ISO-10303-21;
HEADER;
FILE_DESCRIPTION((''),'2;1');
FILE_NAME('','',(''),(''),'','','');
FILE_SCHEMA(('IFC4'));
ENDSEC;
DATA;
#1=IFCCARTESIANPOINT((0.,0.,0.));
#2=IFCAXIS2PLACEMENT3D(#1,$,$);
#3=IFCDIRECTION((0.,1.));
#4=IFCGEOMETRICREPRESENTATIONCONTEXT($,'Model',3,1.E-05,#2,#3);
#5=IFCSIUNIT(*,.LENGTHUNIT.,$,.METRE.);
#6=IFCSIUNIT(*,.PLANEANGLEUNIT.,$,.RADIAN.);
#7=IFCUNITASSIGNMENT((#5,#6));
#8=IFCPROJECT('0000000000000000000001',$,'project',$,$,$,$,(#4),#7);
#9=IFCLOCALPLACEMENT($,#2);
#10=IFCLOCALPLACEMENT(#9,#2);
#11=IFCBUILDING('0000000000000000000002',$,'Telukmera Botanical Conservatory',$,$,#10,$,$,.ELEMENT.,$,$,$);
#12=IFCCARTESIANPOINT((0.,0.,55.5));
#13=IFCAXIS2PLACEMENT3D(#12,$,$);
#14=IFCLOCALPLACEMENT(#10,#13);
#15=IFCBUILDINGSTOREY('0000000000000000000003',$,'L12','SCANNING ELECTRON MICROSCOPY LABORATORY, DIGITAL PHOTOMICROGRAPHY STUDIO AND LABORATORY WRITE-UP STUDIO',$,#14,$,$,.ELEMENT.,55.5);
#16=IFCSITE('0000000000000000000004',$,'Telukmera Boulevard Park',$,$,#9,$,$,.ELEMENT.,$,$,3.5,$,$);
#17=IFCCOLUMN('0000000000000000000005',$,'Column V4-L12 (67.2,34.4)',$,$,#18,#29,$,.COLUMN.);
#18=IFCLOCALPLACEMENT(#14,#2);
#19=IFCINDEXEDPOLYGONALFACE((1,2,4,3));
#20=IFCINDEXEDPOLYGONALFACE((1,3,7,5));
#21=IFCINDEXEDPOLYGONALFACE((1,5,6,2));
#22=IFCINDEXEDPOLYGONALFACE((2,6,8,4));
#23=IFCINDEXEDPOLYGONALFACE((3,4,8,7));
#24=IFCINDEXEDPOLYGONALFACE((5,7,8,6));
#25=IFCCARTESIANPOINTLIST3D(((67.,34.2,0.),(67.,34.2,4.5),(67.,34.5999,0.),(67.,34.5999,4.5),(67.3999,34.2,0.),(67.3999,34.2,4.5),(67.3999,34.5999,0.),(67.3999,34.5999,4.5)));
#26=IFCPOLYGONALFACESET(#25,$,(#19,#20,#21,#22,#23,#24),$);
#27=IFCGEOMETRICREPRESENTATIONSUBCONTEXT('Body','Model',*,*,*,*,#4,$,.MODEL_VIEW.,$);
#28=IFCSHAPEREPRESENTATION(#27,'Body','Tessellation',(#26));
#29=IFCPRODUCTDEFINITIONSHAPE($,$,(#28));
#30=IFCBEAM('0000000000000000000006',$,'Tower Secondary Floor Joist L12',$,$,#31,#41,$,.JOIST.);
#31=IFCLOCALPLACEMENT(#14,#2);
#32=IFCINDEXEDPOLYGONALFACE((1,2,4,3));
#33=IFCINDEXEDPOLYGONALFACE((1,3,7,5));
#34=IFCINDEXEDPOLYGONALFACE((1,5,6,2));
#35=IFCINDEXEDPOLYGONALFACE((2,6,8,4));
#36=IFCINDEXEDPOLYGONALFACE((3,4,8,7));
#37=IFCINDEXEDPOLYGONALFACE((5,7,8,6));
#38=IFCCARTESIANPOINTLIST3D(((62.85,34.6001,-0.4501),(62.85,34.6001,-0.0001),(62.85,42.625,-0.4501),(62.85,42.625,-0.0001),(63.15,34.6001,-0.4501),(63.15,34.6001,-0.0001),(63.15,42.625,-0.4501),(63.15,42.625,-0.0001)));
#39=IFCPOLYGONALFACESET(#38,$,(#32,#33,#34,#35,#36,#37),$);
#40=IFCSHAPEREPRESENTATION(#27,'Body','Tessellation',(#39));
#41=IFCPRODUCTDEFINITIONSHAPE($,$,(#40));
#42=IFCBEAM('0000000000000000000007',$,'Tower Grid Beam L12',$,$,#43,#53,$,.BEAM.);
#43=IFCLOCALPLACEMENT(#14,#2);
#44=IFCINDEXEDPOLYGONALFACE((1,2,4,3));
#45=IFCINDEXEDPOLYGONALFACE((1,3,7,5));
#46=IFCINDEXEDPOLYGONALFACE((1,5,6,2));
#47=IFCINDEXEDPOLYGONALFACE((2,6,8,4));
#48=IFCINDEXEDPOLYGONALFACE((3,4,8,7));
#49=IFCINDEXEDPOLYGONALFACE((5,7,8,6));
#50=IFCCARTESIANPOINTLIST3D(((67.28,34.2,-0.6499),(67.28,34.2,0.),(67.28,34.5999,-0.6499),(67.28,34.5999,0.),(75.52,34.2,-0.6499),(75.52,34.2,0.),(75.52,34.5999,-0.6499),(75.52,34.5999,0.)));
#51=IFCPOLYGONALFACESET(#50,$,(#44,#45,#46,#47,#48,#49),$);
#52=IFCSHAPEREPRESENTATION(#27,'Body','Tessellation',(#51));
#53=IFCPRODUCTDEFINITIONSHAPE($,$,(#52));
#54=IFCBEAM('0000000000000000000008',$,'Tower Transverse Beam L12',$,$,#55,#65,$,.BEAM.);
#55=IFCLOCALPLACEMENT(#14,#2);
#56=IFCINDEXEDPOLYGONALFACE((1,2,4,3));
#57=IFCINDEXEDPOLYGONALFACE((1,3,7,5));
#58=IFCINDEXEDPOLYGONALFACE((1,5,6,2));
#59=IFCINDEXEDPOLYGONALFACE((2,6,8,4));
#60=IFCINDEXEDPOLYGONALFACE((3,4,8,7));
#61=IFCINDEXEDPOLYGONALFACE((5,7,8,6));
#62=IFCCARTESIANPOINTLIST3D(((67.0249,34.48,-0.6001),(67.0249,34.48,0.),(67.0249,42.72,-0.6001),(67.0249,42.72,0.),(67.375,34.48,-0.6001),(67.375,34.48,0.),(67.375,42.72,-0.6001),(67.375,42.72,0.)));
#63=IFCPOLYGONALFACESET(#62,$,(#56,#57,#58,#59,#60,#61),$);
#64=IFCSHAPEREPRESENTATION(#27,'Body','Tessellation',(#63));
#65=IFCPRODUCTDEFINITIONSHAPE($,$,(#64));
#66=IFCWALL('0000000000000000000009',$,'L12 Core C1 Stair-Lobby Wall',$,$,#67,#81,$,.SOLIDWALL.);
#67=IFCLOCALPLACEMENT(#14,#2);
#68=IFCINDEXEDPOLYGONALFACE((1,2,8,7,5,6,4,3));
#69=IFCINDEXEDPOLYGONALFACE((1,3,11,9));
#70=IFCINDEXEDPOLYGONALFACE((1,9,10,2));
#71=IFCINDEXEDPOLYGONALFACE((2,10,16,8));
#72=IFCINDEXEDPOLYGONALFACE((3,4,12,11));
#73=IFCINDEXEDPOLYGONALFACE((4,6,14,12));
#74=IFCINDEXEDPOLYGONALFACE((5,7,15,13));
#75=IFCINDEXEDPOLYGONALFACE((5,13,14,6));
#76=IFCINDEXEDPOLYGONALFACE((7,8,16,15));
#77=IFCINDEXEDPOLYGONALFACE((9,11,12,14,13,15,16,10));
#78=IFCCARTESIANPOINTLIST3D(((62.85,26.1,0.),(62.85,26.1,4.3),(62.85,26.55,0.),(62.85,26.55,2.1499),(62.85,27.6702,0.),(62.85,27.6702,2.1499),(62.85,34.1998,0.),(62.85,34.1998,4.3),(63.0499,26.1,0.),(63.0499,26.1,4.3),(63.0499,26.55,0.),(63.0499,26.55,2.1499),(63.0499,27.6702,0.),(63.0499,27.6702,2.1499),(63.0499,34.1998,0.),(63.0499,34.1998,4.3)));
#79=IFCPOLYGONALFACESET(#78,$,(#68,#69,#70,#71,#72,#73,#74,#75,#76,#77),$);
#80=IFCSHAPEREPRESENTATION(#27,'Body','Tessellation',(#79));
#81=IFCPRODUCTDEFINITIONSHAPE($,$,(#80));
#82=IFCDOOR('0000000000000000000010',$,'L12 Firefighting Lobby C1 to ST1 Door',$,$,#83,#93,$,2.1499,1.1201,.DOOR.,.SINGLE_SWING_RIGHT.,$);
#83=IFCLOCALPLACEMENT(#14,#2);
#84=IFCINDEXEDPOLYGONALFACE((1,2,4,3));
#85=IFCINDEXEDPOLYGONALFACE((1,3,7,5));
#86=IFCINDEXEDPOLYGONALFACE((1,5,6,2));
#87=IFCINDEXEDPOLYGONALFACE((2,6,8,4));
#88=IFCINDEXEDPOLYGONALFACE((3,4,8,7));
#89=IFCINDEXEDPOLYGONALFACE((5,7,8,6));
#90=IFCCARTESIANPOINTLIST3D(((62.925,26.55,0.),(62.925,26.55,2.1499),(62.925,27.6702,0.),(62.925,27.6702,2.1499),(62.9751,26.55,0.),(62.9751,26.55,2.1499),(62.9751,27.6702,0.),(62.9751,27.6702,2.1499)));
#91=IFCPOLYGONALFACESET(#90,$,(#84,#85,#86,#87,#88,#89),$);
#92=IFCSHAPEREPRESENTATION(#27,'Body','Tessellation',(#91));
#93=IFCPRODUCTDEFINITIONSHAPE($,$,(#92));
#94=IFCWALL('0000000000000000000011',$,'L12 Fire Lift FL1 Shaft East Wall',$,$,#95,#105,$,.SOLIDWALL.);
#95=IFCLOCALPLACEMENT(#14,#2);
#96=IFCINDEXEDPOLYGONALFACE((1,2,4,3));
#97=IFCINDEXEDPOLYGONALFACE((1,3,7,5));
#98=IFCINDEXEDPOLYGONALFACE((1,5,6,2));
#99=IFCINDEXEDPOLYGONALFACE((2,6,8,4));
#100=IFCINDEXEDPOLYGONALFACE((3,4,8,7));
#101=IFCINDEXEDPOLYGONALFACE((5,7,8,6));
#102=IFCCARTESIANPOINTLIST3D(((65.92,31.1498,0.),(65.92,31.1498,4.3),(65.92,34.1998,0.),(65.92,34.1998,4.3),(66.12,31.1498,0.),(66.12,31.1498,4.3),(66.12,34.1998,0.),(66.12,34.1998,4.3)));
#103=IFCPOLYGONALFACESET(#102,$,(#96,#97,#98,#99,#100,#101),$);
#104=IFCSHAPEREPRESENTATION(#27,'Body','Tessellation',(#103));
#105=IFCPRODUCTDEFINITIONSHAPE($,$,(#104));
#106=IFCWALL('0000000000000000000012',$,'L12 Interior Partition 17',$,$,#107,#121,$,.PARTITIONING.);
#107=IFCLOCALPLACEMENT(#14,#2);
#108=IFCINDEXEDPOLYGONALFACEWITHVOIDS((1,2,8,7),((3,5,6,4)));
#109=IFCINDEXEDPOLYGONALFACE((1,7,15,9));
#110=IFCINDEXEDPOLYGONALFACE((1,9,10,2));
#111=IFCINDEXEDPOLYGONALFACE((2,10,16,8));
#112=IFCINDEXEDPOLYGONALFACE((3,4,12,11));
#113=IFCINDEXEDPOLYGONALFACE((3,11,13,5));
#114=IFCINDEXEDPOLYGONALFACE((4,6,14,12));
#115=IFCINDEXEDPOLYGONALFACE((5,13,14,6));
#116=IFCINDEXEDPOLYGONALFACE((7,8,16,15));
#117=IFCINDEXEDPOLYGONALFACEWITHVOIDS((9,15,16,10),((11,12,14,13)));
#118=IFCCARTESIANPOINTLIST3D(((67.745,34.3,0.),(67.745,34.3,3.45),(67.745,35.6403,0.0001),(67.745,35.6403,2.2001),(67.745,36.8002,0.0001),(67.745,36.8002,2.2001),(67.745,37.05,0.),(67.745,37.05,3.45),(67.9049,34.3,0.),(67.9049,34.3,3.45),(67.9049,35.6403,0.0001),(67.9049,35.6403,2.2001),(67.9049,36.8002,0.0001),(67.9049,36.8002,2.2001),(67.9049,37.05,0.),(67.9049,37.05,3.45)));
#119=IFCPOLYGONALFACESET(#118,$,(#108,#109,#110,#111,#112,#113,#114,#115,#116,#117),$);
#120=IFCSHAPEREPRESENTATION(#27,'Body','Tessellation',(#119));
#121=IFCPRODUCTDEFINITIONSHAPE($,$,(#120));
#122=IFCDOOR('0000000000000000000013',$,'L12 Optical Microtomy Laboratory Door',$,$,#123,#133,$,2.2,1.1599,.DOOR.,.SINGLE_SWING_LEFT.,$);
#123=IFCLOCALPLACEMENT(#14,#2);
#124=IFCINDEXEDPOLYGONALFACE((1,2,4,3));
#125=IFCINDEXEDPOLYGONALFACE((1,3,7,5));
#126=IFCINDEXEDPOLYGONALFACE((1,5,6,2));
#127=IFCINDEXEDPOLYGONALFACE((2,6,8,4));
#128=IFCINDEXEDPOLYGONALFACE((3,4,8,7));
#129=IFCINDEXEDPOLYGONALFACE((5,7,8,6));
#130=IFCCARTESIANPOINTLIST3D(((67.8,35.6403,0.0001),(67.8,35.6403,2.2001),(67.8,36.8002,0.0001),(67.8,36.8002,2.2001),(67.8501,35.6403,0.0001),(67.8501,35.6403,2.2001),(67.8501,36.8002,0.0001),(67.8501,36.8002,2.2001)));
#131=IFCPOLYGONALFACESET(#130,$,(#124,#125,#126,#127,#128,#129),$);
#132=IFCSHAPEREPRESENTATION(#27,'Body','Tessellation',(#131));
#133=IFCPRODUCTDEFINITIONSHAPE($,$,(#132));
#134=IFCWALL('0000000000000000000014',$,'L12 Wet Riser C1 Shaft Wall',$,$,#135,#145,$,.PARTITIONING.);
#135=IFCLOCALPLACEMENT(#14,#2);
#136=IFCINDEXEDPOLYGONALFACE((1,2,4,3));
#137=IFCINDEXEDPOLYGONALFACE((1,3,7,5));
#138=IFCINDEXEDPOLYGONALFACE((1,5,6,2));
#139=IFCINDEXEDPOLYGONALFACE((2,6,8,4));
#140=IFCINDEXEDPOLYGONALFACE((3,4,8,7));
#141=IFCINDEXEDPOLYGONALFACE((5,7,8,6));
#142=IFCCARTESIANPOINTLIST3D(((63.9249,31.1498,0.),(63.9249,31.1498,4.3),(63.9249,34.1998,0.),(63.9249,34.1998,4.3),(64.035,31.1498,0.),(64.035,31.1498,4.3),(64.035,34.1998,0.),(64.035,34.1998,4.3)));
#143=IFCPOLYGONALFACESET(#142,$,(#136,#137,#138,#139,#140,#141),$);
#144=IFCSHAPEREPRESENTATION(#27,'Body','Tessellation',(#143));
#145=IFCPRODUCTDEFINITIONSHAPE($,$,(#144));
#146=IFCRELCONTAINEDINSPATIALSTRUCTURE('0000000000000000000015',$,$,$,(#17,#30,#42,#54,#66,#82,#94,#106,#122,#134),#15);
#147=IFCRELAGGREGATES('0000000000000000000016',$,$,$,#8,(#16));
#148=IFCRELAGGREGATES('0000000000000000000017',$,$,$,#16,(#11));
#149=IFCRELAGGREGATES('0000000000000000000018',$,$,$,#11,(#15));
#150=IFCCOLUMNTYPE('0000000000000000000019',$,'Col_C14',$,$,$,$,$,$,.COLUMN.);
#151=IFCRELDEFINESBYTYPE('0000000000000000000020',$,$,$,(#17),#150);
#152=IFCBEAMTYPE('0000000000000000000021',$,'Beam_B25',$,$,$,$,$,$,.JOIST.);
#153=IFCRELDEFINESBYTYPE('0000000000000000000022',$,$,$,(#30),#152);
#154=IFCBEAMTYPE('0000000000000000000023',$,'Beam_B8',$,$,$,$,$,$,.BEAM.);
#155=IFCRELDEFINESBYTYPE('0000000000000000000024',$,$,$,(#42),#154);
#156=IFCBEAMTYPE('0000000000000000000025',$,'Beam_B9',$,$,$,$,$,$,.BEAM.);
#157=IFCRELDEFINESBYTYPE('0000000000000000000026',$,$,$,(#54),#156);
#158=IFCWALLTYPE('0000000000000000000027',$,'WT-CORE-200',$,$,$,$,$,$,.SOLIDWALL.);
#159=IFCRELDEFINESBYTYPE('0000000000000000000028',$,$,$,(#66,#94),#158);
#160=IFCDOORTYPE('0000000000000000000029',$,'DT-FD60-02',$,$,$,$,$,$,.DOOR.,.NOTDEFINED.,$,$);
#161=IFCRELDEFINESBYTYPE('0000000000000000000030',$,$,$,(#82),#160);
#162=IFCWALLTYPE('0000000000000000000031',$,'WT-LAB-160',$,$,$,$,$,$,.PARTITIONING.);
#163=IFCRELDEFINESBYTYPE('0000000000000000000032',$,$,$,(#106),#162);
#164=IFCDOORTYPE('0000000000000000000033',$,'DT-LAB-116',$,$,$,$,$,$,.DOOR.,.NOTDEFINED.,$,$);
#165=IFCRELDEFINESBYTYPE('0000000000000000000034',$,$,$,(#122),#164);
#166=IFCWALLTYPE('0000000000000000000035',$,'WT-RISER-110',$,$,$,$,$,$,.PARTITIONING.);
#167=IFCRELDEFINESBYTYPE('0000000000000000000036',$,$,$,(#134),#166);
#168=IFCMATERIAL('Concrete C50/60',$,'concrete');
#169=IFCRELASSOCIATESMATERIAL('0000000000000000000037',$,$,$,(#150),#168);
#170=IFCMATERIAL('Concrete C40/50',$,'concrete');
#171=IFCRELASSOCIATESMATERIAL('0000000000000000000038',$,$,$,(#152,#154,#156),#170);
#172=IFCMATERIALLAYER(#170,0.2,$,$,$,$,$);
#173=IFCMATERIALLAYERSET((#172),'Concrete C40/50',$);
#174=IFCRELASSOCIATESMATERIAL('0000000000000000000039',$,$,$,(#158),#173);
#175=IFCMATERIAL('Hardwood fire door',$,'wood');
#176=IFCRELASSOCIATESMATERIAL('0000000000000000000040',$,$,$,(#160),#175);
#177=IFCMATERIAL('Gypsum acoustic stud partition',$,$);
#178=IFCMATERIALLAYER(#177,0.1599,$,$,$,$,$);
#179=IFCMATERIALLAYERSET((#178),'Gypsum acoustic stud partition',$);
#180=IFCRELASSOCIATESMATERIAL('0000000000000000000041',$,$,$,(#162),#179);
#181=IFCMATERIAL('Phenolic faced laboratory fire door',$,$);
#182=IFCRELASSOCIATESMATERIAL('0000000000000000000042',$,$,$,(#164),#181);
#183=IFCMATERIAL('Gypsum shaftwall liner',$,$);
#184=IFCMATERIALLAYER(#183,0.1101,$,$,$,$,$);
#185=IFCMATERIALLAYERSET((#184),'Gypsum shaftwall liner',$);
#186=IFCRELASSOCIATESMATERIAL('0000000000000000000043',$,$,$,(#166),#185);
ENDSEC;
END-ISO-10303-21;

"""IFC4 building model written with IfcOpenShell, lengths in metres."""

from ifc_helpers import new_model, si_unit, direction, frame, frame_2d, origin, origin_2d, place, context, subcontext, project, spatial, rectangle, extrude, material, layer, layer_set, material_profile, profile_set, type_object, element, fill, save


model = new_model("IFC4")

# Units and contexts
model_context = context("Model", 3, precision=1e-05, world=origin(), true_north=direction((0.0, 1.0)))
body_context = subcontext(model_context, "Body", "Model", "MODEL_VIEW")
ifc_project = project(units=[si_unit("LENGTHUNIT", "METRE"), si_unit("PLANEANGLEUNIT", "RADIAN")], contexts=[model_context])

# Site, building, storey
site_placement = place(None, origin())
site = spatial("IfcSite", under=ifc_project, at=site_placement, Name="Telukmera Boulevard Park", CompositionType="ELEMENT", RefElevation=3.5)
building_placement = place(site_placement, origin())
building = spatial("IfcBuilding", under=site, at=building_placement, Name="Telukmera Botanical Conservatory", CompositionType="ELEMENT")
storey_placement = place(building_placement, frame((0.0, 0.0, 55.5)))
storey = spatial("IfcBuildingStorey", under=building, at=storey_placement, Name="L12", Description="SCANNING ELECTRON MICROSCOPY LABORATORY, DIGITAL PHOTOMICROGRAPHY STUDIO AND LABORATORY WRITE-UP STUDIO", CompositionType="ELEMENT", Elevation=55.5)

# Column
ifc_material_1 = material(Name="Concrete C50/60", Category="concrete")
ifc_material_profile_1 = material_profile(ifc_material_1, rectangle(XDim=0.3999, YDim=0.3999, at=origin_2d()), Name="RC 400x400")
ifc_profile_set_1 = profile_set([ifc_material_profile_1], Name="Concrete C50/60")
column_type = type_object("IfcColumnType", Name="Col_C14", PredefinedType="COLUMN", material=ifc_profile_set_1)
column_placement = place(storey_placement, frame((67.2, 34.3999, 0.0), z_axis=(0.0, 0.0, 1.0), x_axis=(1.0, 0.0, 0.0)))
element("IfcColumn", 1, at=column_placement, inside=storey, type_object=column_type, Name="Column V4-L12 (67.2,34.4)", PredefinedType="COLUMN", context=body_context, shape_type="SweptSolid", body=[
    extrude(rectangle(XDim=0.3999, YDim=0.3999, at=origin_2d()), origin(), (0.0, 0.0, 1.0), 4.5),
])

# Beams
ifc_material_2 = material(Name="Concrete C40/50", Category="concrete")
ifc_material_profile_2 = material_profile(ifc_material_2, rectangle(XDim=0.3, YDim=0.45, at=origin_2d()), Name="RC 300x450")
ifc_profile_set_2 = profile_set([ifc_material_profile_2], Name="Concrete C40/50")
beam_type_1 = type_object("IfcBeamType", Name="Beam_B25", PredefinedType="JOIST", material=ifc_profile_set_2)
beam_1_placement = place(storey_placement, frame((63.0, 34.6001, -0.2251), z_axis=(0.0, 1.0, 0.0), x_axis=(-1.0, 0.0, 0.0)))
element("IfcBeam", 2, at=beam_1_placement, inside=storey, type_object=beam_type_1, Name="Tower Secondary Floor Joist L12", PredefinedType="JOIST", context=body_context, shape_type="SweptSolid", body=[
    extrude(rectangle(XDim=0.3, YDim=0.45, at=origin_2d()), origin(), (0.0, 0.0, 1.0), 8.0249),
])
ifc_material_profile_3 = material_profile(ifc_material_2, rectangle(XDim=0.3999, YDim=0.6499, at=origin_2d()), Name="RC 400x650")
ifc_profile_set_3 = profile_set([ifc_material_profile_3], Name="Concrete C40/50")
beam_type_2 = type_object("IfcBeamType", Name="Beam_B8", PredefinedType="BEAM", material=ifc_profile_set_3)
beam_2_placement = place(storey_placement, frame((67.28, 34.3999, -0.325), z_axis=(1.0, 0.0, 0.0), x_axis=(0.0, 1.0, 0.0)))
element("IfcBeam", 3, at=beam_2_placement, inside=storey, type_object=beam_type_2, Name="Tower Grid Beam L12", PredefinedType="BEAM", context=body_context, shape_type="SweptSolid", body=[
    extrude(rectangle(XDim=0.3999, YDim=0.6499, at=origin_2d()), origin(), (0.0, 0.0, 1.0), 8.24),
])
ifc_material_profile_4 = material_profile(ifc_material_2, rectangle(XDim=0.3501, YDim=0.6001, at=origin_2d()), Name="RC 350x600")
ifc_profile_set_4 = profile_set([ifc_material_profile_4], Name="Concrete C40/50")
beam_type_3 = type_object("IfcBeamType", Name="Beam_B9", PredefinedType="BEAM", material=ifc_profile_set_4)
beam_3_placement = place(storey_placement, frame((67.2, 34.48, -0.3), z_axis=(0.0, 1.0, 0.0), x_axis=(-1.0, 0.0, 0.0)))
element("IfcBeam", 4, at=beam_3_placement, inside=storey, type_object=beam_type_3, Name="Tower Transverse Beam L12", PredefinedType="BEAM", context=body_context, shape_type="SweptSolid", body=[
    extrude(rectangle(XDim=0.3501, YDim=0.6001, at=origin_2d()), origin(), (0.0, 0.0, 1.0), 8.24),
])

# Wall, opening, door
ifc_layer_1 = layer(ifc_material_2, 0.2)
ifc_layer_set_1 = layer_set([ifc_layer_1], Name="Concrete C40/50")
wall_type_1 = type_object("IfcWallType", Name="WT-CORE-200", PredefinedType="SOLIDWALL", material=ifc_layer_set_1)
wall_1_placement = place(storey_placement, frame((62.95, 26.1001, 0.0), z_axis=(0.0, 0.0, 1.0), x_axis=(0.0, 1.0, 0.0)))
wall_1 = element("IfcWall", 5, at=wall_1_placement, inside=storey, type_object=wall_type_1, Name="L12 Core C1 Stair-Lobby Wall", PredefinedType="SOLIDWALL", context=body_context, shape_type="SweptSolid", body=[
    extrude(rectangle(XDim=8.0999, YDim=0.2, at=frame_2d((4.0498, 0.0))), origin(), (0.0, 0.0, 1.0), 4.3),
])
opening_1_placement = place(wall_1_placement, frame((0.45, 0.0, 0.0)))
opening_1 = element("IfcOpeningElement", 6, at=opening_1_placement, cuts=wall_1, PredefinedType="OPENING", context=body_context, shape_type="SweptSolid", body=[
    extrude(rectangle(XDim=1.1201, YDim=2.1499, at=frame_2d((0.5601, 1.075))), frame((0.0, 0.1099, 0.0), z_axis=(0.0, -1.0, 0.0), x_axis=(1.0, 0.0, 0.0)), (0.0, 0.0, 1.0), 0.22),
])
ifc_material_3 = material(Name="Hardwood fire door", Category="wood")
door_type_1 = type_object("IfcDoorType", Name="DT-FD60-02", OperationType="NOTDEFINED", PredefinedType="DOOR", material=ifc_material_3)
door_1_placement = place(opening_1_placement, origin())
door_1 = element("IfcDoor", 7, at=door_1_placement, inside=storey, type_object=door_type_1, Name="L12 Firefighting Lobby C1 to ST1 Door", OperationType="SINGLE_SWING_RIGHT", OverallHeight=2.1499, OverallWidth=1.1201, PredefinedType="DOOR", context=body_context, shape_type="SweptSolid", body=[
    extrude(rectangle(XDim=1.1201, YDim=2.1499, at=frame_2d((0.5601, 1.075))), frame((0.0, 0.0249, 0.0), z_axis=(0.0, -1.0, 0.0), x_axis=(1.0, 0.0, 0.0)), (0.0, 0.0, 1.0), 0.05),
])
fill(opening_1, door_1)

# Wall
wall_2_placement = place(storey_placement, frame((66.02, 31.1499, 0.0), z_axis=(0.0, 0.0, 1.0), x_axis=(0.0, 1.0, 0.0)))
element("IfcWall", 8, at=wall_2_placement, inside=storey, type_object=wall_type_1, Name="L12 Fire Lift FL1 Shaft East Wall", PredefinedType="SOLIDWALL", context=body_context, shape_type="SweptSolid", body=[
    extrude(rectangle(XDim=3.05, YDim=0.2, at=frame_2d((1.5249, 0.0))), origin(), (0.0, 0.0, 1.0), 4.3),
])

# Wall, opening, door
ifc_material_4 = material(Name="Gypsum acoustic stud partition")
ifc_layer_2 = layer(ifc_material_4, 0.1599)
ifc_layer_set_2 = layer_set([ifc_layer_2], Name="Gypsum acoustic stud partition")
wall_type_2 = type_object("IfcWallType", Name="WT-LAB-160", PredefinedType="PARTITIONING", material=ifc_layer_set_2)
wall_3_placement = place(storey_placement, frame((67.825, 34.3, 0.0), z_axis=(0.0, 0.0, 1.0), x_axis=(0.0, 1.0, 0.0)))
wall_3 = element("IfcWall", 9, at=wall_3_placement, inside=storey, type_object=wall_type_2, Name="L12 Interior Partition 17", PredefinedType="PARTITIONING", context=body_context, shape_type="SweptSolid", body=[
    extrude(rectangle(XDim=2.75, YDim=0.1599, at=frame_2d((1.375, 0.0))), origin(), (0.0, 0.0, 1.0), 3.45),
])
opening_2_placement = place(wall_3_placement, frame((1.3401, 0.0, 0.0)))
opening_2 = element("IfcOpeningElement", 10, at=opening_2_placement, cuts=wall_3, PredefinedType="OPENING", context=body_context, shape_type="SweptSolid", body=[
    extrude(rectangle(XDim=1.1599, YDim=2.2, at=frame_2d((0.5801, 1.1001))), frame((0.0, 0.0898, 0.0), z_axis=(0.0, -1.0, 0.0), x_axis=(1.0, 0.0, 0.0)), (0.0, 0.0, 1.0), 0.1799),
])
ifc_material_5 = material(Name="Phenolic faced laboratory fire door")
door_type_2 = type_object("IfcDoorType", Name="DT-LAB-116", OperationType="NOTDEFINED", PredefinedType="DOOR", material=ifc_material_5)
door_2_placement = place(opening_2_placement, origin())
door_2 = element("IfcDoor", 11, at=door_2_placement, inside=storey, type_object=door_type_2, Name="L12 Optical Microtomy Laboratory Door", OperationType="SINGLE_SWING_LEFT", OverallHeight=2.2, OverallWidth=1.1599, PredefinedType="DOOR", context=body_context, shape_type="SweptSolid", body=[
    extrude(rectangle(XDim=1.1599, YDim=2.2, at=frame_2d((0.5801, 1.1001))), frame((0.0, 0.0249, 0.0), z_axis=(0.0, -1.0, 0.0), x_axis=(1.0, 0.0, 0.0)), (0.0, 0.0, 1.0), 0.05),
])
fill(opening_2, door_2)

# Wall
ifc_material_6 = material(Name="Gypsum shaftwall liner")
ifc_layer_3 = layer(ifc_material_6, 0.1101)
ifc_layer_set_3 = layer_set([ifc_layer_3], Name="Gypsum shaftwall liner")
wall_type_3 = type_object("IfcWallType", Name="WT-RISER-110", PredefinedType="PARTITIONING", material=ifc_layer_set_3)
wall_4_placement = place(storey_placement, frame((63.98, 31.1499, 0.0), z_axis=(0.0, 0.0, 1.0), x_axis=(0.0, 1.0, 0.0)))
element("IfcWall", 12, at=wall_4_placement, inside=storey, type_object=wall_type_3, Name="L12 Wet Riser C1 Shaft Wall", PredefinedType="PARTITIONING", context=body_context, shape_type="SweptSolid", body=[
    extrude(rectangle(XDim=3.05, YDim=0.1101, at=frame_2d((1.5249, 0.0))), origin(), (0.0, 0.0, 1.0), 4.3),
])

save(model, "model.ifc")
